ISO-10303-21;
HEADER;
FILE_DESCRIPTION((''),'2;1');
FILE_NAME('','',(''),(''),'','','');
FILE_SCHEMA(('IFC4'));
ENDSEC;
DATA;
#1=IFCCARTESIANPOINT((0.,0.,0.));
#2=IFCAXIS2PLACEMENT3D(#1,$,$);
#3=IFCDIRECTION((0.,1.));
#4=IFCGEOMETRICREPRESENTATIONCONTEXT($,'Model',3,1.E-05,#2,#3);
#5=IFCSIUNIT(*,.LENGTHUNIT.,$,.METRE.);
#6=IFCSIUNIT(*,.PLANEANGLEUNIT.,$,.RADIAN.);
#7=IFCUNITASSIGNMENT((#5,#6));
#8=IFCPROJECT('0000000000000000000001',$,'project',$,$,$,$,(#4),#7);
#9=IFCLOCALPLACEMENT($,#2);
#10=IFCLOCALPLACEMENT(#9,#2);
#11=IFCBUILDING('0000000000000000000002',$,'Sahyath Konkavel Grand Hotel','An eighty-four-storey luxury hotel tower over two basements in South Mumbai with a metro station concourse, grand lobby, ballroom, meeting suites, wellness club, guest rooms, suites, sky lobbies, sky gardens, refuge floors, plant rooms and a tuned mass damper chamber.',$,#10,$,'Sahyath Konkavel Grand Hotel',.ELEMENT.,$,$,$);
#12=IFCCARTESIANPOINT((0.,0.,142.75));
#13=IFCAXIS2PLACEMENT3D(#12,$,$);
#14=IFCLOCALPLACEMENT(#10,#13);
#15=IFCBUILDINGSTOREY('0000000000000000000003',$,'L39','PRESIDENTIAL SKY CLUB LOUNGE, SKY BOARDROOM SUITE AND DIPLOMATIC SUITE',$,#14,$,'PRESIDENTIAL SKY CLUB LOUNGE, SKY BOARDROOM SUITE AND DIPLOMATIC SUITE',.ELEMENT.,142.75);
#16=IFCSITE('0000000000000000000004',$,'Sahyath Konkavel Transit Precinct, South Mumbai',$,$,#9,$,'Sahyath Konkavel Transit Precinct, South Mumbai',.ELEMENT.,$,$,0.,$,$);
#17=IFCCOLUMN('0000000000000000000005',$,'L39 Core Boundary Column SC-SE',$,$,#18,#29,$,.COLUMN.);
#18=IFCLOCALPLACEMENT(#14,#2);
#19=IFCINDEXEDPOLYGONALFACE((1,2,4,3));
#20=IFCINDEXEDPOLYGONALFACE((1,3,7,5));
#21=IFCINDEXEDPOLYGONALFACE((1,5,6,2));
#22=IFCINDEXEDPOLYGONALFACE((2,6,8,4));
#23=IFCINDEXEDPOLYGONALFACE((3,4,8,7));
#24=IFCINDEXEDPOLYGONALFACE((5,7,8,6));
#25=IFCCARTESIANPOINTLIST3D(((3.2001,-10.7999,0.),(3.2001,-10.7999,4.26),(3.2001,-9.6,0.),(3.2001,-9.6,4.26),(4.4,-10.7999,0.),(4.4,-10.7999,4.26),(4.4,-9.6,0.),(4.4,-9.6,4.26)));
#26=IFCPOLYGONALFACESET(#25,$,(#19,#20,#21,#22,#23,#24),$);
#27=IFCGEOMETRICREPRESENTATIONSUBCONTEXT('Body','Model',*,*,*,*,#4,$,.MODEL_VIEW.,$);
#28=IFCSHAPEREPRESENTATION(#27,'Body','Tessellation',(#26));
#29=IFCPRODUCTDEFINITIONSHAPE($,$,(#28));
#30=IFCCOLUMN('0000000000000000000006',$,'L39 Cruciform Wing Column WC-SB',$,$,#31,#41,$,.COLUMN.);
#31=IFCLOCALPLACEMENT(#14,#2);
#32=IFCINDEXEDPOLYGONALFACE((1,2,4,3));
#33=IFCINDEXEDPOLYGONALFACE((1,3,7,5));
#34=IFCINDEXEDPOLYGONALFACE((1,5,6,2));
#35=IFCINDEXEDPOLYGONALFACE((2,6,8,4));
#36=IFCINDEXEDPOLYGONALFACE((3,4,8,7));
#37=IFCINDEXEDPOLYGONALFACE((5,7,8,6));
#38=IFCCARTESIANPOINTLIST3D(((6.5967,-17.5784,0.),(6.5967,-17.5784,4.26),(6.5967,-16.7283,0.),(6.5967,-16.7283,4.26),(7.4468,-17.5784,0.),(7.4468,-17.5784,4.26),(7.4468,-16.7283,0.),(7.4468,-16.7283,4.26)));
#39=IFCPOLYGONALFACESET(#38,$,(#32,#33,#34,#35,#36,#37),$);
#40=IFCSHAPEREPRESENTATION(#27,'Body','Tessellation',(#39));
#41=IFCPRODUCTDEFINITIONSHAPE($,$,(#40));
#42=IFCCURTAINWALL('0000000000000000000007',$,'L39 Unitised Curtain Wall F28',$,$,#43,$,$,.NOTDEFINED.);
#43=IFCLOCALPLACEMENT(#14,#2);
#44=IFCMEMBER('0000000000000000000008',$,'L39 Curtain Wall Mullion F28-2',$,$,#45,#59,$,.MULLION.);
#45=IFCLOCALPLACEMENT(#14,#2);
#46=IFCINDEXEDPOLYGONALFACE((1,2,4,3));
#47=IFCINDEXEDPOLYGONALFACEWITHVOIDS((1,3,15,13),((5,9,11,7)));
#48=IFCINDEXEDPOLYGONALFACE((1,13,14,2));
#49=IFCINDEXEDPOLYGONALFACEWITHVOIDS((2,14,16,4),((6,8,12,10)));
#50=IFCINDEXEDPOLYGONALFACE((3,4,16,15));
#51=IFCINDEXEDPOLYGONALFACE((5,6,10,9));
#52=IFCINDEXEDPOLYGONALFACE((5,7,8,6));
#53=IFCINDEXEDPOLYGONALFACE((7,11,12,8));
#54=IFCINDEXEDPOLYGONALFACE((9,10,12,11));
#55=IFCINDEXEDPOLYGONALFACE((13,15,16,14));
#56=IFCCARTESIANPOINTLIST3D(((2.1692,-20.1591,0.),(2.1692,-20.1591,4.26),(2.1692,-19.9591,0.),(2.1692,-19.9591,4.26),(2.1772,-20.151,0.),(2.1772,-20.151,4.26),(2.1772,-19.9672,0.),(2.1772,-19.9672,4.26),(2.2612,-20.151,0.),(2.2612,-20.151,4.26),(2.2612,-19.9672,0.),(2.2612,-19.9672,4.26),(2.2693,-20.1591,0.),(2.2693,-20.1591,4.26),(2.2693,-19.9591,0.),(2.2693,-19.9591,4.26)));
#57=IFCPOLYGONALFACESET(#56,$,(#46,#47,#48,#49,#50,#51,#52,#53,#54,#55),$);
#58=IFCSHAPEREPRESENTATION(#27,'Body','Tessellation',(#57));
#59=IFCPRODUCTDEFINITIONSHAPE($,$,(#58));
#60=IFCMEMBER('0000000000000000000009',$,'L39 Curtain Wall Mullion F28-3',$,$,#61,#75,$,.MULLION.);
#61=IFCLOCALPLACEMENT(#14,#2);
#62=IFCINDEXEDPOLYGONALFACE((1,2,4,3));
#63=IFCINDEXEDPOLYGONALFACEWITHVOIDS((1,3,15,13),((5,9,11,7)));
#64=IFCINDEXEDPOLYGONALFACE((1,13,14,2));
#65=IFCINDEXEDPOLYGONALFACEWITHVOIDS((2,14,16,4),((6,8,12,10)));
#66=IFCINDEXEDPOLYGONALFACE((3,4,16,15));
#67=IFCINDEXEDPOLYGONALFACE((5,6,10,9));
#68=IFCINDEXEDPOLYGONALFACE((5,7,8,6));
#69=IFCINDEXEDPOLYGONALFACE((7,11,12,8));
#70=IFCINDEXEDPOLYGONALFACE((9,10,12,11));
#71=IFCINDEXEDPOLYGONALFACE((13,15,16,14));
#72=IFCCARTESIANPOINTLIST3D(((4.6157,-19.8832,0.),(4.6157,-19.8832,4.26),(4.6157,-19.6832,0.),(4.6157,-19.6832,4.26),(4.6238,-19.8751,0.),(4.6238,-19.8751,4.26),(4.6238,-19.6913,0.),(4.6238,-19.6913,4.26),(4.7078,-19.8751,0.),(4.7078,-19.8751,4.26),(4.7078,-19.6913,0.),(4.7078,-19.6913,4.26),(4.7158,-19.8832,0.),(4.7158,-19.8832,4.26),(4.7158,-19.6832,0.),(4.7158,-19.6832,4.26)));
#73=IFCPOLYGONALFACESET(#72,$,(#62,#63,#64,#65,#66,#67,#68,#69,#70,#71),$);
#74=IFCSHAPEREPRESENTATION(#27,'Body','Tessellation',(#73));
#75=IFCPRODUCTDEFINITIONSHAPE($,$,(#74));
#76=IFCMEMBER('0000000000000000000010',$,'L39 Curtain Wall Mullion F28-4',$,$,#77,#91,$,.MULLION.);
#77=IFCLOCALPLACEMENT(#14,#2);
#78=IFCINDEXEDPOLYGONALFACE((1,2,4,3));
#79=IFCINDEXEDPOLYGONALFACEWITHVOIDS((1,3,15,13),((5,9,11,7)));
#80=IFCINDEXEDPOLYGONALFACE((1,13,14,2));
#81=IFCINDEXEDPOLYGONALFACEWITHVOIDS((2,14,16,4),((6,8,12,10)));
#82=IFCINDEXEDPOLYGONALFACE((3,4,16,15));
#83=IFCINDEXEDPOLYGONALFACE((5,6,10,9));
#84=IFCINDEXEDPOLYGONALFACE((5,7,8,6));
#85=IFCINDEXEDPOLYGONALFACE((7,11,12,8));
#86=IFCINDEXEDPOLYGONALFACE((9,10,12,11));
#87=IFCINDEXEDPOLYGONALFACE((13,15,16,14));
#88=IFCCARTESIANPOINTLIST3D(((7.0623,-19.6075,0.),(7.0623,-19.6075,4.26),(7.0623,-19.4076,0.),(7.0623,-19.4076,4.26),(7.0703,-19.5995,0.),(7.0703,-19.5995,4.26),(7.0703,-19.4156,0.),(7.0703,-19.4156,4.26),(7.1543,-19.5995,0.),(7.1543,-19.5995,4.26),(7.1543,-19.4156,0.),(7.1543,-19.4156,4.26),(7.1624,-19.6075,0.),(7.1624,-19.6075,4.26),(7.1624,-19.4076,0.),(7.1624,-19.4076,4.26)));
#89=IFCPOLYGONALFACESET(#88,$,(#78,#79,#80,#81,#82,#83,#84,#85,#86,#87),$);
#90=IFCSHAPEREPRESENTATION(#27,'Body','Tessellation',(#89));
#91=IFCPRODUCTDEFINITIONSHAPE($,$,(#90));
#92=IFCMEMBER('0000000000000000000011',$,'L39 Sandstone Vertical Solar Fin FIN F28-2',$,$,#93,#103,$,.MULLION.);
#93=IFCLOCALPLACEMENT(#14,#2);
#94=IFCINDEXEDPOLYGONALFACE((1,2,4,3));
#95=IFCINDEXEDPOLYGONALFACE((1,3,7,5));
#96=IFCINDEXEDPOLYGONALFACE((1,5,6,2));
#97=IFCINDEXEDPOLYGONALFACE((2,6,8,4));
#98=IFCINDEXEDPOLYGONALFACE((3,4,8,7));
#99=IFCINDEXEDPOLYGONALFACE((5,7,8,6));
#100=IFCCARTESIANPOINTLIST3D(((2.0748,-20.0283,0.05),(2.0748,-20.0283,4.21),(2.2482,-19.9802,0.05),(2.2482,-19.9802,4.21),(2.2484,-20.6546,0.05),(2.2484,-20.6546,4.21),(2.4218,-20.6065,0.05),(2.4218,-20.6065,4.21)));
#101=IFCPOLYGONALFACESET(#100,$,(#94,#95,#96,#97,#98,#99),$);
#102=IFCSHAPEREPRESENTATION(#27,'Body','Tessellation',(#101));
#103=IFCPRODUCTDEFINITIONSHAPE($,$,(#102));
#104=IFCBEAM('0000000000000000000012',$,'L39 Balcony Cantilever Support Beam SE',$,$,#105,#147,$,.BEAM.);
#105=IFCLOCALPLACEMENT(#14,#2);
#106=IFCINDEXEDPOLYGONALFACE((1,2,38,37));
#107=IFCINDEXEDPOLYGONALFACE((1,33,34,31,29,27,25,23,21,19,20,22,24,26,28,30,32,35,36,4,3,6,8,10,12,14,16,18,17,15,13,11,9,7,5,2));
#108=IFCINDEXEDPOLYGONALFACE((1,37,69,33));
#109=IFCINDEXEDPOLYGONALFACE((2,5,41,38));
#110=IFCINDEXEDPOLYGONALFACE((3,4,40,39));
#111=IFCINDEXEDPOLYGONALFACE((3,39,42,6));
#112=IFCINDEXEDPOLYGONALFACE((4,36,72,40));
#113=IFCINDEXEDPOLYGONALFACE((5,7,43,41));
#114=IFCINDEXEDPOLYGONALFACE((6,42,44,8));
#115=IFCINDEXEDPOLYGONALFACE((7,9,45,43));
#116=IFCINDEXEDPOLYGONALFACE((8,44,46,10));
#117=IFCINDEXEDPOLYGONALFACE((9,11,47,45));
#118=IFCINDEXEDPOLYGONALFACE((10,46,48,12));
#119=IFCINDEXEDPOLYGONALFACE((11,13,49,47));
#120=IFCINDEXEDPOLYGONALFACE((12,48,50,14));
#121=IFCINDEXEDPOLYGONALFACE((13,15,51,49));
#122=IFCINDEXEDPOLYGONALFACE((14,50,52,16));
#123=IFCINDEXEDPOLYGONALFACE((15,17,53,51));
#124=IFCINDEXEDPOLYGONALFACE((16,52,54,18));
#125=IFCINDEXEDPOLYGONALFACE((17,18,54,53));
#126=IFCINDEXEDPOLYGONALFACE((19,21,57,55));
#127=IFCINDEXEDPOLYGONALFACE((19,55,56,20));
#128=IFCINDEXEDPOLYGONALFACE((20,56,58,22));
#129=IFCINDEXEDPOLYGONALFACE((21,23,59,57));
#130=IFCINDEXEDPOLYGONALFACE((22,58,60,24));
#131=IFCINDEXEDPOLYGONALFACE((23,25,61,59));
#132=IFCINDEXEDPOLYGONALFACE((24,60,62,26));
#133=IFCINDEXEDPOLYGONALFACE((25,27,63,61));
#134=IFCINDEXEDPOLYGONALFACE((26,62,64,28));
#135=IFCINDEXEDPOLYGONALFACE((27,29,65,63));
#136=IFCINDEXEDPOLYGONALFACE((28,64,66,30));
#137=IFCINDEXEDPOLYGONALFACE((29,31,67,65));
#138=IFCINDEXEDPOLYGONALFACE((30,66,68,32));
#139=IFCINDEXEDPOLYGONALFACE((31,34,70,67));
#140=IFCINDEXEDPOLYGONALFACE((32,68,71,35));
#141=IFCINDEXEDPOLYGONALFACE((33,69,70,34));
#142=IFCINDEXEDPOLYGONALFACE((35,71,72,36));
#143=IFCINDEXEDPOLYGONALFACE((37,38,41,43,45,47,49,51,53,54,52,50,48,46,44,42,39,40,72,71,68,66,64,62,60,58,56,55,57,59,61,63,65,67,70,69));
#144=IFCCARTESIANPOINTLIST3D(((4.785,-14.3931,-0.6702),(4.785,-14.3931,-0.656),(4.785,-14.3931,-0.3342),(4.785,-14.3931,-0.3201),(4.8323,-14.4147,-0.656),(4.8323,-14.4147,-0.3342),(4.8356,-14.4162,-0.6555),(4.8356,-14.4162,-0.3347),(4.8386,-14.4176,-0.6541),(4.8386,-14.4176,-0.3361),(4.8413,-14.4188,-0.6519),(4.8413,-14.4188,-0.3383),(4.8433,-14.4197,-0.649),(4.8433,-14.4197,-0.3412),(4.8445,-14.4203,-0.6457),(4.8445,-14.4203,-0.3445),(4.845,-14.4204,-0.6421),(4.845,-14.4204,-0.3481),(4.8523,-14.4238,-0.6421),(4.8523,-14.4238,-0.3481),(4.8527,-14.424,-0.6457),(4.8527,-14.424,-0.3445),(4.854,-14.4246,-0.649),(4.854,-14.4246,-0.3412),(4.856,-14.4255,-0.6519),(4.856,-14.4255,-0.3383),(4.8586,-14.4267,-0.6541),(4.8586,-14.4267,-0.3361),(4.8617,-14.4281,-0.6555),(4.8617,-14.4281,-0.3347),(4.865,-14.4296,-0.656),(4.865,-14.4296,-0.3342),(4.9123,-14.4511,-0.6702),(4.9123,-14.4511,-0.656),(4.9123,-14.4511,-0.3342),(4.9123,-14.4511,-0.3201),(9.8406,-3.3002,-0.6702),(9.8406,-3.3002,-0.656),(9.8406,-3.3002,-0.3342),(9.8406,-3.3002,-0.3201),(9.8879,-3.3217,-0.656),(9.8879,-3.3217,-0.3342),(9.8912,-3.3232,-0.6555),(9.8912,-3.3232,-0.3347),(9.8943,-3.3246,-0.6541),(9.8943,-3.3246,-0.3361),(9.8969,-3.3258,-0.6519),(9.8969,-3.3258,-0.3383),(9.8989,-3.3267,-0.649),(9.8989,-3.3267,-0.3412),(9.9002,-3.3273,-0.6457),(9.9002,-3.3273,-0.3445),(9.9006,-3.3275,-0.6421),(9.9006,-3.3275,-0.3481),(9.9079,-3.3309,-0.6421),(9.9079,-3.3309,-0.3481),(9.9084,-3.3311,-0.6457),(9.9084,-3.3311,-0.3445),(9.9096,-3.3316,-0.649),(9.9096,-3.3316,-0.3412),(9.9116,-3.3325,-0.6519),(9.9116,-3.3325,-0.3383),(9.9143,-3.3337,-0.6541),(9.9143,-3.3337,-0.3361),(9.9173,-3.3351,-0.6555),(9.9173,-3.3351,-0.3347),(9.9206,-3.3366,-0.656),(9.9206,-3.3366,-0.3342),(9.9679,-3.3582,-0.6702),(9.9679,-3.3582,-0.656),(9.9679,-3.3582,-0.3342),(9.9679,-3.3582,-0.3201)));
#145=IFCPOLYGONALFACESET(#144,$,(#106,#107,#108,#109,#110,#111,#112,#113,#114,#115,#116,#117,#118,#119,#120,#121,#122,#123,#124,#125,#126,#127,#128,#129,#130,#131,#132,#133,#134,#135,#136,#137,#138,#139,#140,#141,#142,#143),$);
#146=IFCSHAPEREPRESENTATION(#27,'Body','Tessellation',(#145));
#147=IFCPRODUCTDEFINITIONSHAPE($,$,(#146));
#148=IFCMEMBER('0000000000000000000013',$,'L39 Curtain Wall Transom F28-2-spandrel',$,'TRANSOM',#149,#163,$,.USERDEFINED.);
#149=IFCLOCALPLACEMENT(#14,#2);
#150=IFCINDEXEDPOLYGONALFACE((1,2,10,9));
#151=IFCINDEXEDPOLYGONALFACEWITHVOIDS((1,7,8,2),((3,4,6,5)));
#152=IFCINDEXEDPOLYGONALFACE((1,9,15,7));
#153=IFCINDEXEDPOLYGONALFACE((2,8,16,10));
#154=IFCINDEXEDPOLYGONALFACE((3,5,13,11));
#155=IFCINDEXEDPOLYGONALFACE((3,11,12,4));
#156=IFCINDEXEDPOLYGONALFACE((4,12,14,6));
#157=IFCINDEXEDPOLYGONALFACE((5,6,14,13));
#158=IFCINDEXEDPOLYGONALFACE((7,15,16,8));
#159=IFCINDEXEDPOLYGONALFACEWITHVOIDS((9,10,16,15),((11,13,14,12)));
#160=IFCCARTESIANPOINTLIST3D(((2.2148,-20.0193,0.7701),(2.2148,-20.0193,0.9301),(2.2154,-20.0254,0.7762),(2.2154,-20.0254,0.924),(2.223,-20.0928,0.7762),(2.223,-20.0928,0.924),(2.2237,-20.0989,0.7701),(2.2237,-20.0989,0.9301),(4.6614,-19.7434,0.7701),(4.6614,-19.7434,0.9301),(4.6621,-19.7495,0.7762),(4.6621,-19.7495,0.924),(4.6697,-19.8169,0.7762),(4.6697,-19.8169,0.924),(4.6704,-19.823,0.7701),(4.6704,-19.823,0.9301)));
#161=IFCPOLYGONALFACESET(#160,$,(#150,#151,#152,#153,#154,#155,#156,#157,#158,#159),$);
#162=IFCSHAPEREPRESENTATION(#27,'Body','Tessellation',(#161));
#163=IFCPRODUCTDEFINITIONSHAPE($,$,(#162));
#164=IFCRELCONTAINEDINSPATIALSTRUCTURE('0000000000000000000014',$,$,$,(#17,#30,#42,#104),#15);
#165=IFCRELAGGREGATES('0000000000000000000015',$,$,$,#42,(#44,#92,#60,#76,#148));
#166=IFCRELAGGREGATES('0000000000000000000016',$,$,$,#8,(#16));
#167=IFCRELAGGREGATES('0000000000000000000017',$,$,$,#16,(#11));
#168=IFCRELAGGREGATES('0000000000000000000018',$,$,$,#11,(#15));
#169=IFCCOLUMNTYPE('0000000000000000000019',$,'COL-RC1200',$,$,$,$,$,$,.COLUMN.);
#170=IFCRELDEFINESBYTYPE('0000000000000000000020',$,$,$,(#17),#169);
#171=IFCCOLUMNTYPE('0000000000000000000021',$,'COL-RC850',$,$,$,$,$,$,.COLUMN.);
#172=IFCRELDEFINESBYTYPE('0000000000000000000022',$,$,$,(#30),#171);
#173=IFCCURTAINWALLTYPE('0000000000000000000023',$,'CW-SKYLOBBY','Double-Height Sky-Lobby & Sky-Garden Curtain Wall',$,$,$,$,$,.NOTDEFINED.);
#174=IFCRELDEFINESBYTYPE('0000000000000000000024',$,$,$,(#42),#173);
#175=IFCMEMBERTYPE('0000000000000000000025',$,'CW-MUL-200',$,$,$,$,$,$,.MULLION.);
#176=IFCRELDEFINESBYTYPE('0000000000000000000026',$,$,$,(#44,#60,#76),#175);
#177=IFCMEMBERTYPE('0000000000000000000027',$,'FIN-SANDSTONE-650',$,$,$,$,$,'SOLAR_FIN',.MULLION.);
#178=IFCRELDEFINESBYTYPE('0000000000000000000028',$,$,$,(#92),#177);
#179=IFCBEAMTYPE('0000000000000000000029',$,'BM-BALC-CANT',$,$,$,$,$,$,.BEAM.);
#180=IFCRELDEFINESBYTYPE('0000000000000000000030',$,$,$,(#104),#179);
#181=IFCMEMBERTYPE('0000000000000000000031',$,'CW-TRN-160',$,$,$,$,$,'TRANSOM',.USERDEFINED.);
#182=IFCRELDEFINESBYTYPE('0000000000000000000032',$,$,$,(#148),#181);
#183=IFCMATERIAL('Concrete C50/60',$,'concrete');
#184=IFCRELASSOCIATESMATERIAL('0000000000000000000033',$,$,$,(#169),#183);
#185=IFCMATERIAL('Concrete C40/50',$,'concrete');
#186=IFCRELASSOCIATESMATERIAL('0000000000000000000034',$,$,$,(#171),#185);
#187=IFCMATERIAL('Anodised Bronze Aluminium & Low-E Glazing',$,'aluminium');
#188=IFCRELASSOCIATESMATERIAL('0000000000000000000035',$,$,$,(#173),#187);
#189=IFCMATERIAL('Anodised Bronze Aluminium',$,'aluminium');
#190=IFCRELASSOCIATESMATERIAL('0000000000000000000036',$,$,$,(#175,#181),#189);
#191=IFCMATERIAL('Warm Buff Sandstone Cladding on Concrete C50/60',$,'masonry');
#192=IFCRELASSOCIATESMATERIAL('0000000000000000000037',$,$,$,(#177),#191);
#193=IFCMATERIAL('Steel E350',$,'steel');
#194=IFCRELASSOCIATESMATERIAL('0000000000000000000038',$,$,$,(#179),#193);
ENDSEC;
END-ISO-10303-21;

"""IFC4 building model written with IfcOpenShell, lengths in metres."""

from ifc_helpers import new_model, si_unit, direction, frame, origin, origin_2d, place, context, subcontext, project, spatial, rectangle, hollow_rectangle, i_section, extrude, source, transform, mapped, material, material_profile, profile_set, type_object, element, aggregate, save


model = new_model("IFC4")

# Units and contexts
model_context = context("Model", 3, precision=1e-05, world=origin(), true_north=direction((0.0, 1.0)))
body_context = subcontext(model_context, "Body", "Model", "MODEL_VIEW")
ifc_project = project(units=[si_unit("LENGTHUNIT", "METRE"), si_unit("PLANEANGLEUNIT", "RADIAN")], contexts=[model_context])

# Site, building, storey
site_placement = place(None, origin())
site = spatial("IfcSite", under=ifc_project, at=site_placement, Name="Sahyath Konkavel Transit Precinct, South Mumbai", LongName="Sahyath Konkavel Transit Precinct, South Mumbai", CompositionType="ELEMENT", RefElevation=0.0)
building_placement = place(site_placement, origin())
building = spatial("IfcBuilding", under=site, at=building_placement, Name="Sahyath Konkavel Grand Hotel", Description="An eighty-four-storey luxury hotel tower over two basements in South Mumbai with a metro station concourse, grand lobby, ballroom, meeting suites, wellness club, guest rooms, suites, sky lobbies, sky gardens, refuge floors, plant rooms and a tuned mass damper chamber.", LongName="Sahyath Konkavel Grand Hotel", CompositionType="ELEMENT")
storey_placement = place(building_placement, frame((0.0, 0.0, 142.75)))
storey = spatial("IfcBuildingStorey", under=building, at=storey_placement, Name="L39", Description="PRESIDENTIAL SKY CLUB LOUNGE, SKY BOARDROOM SUITE AND DIPLOMATIC SUITE", LongName="PRESIDENTIAL SKY CLUB LOUNGE, SKY BOARDROOM SUITE AND DIPLOMATIC SUITE", CompositionType="ELEMENT", Elevation=142.75)

# Columns
ifc_material_1 = material(Name="Concrete C50/60", Category="concrete")
ifc_material_profile_1 = material_profile(ifc_material_1, rectangle(XDim=1.2, YDim=1.2, at=origin_2d()), Name="RC 1200x1200")
ifc_profile_set_1 = profile_set([ifc_material_profile_1], Name="Concrete C50/60")
column_type_1 = type_object("IfcColumnType", Name="COL-RC1200", PredefinedType="COLUMN", material=ifc_profile_set_1)
shared_shape_1 = source(origin(), body_context, "Body", "SweptSolid", [
    extrude(rectangle(XDim=1.2, YDim=1.2, at=origin_2d()), origin(), (0.0, 0.0, 1.0), 4.26),
])
column_1_placement = place(storey_placement, frame((3.8, -10.2, 0.0), z_axis=(0.0, 0.0, 1.0), x_axis=(1.0, 0.0, 0.0)))
element("IfcColumn", 1, at=column_1_placement, inside=storey, type_object=column_type_1, Name="L39 Core Boundary Column SC-SE", PredefinedType="COLUMN", context=body_context, shape_type="MappedRepresentation", body=[
    mapped(shared_shape_1, transform((0.0, 0.0, 0.0), scale=1.0)),
])
ifc_material_2 = material(Name="Concrete C40/50", Category="concrete")
ifc_material_profile_2 = material_profile(ifc_material_2, rectangle(XDim=0.8501, YDim=0.8501, at=origin_2d()), Name="RC 850x850")
ifc_profile_set_2 = profile_set([ifc_material_profile_2], Name="Concrete C40/50")
column_type_2 = type_object("IfcColumnType", Name="COL-RC850", PredefinedType="COLUMN", material=ifc_profile_set_2)
shared_shape_2 = source(origin(), body_context, "Body", "SweptSolid", [
    extrude(rectangle(XDim=0.8501, YDim=0.8501, at=origin_2d()), origin(), (0.0, 0.0, 1.0), 4.26),
])
column_2_placement = place(storey_placement, frame((7.0217, -17.1533, 0.0), z_axis=(0.0, 0.0, 1.0), x_axis=(1.0, 0.0, 0.0)))
element("IfcColumn", 2, at=column_2_placement, inside=storey, type_object=column_type_2, Name="L39 Cruciform Wing Column WC-SB", PredefinedType="COLUMN", context=body_context, shape_type="MappedRepresentation", body=[
    mapped(shared_shape_2, transform((0.0, 0.0, 0.0), scale=1.0)),
])

# Curtain wall, members
ifc_material_3 = material(Name="Anodised Bronze Aluminium & Low-E Glazing", Category="aluminium")
curtain_wall_type = type_object("IfcCurtainWallType", Name="CW-SKYLOBBY", Description="Double-Height Sky-Lobby & Sky-Garden Curtain Wall", PredefinedType="NOTDEFINED", material=ifc_material_3)
curtain_wall_placement = place(storey_placement, origin())
curtain_wall = element("IfcCurtainWall", 3, at=curtain_wall_placement, inside=storey, type_object=curtain_wall_type, Name="L39 Unitised Curtain Wall F28", PredefinedType="NOTDEFINED")
ifc_material_4 = material(Name="Anodised Bronze Aluminium", Category="aluminium")
ifc_material_profile_3 = material_profile(ifc_material_4, hollow_rectangle(XDim=0.1001, YDim=0.2, WallThickness=0.0081, at=origin_2d()), Name="RHS 200x100x8")
ifc_profile_set_3 = profile_set([ifc_material_profile_3], Name="Anodised Bronze Aluminium")
member_type_1 = type_object("IfcMemberType", Name="CW-MUL-200", PredefinedType="MULLION", material=ifc_profile_set_3)
shared_shape_3 = source(origin(), body_context, "Body", "SweptSolid", [
    extrude(hollow_rectangle(XDim=0.1001, YDim=0.2, WallThickness=0.0081, at=origin_2d()), origin(), (0.0, 0.0, 1.0), 4.26),
])
member_1_placement = place(storey_placement, frame((2.2192, -20.0591, 0.0), z_axis=(0.0, 0.0, 1.0), x_axis=(1.0, 0.0, 0.0)))
member_1 = element("IfcMember", 4, at=member_1_placement, type_object=member_type_1, Name="L39 Curtain Wall Mullion F28-2", PredefinedType="MULLION", context=body_context, shape_type="MappedRepresentation", body=[
    mapped(shared_shape_3, transform((0.0, 0.0, 0.0), scale=1.0)),
])
member_2_placement = place(storey_placement, frame((4.6658, -19.7832, 0.0), z_axis=(0.0, 0.0, 1.0), x_axis=(1.0, 0.0, 0.0)))
member_2 = element("IfcMember", 5, at=member_2_placement, type_object=member_type_1, Name="L39 Curtain Wall Mullion F28-3", PredefinedType="MULLION", context=body_context, shape_type="MappedRepresentation", body=[
    mapped(shared_shape_3, transform((0.0, 0.0, 0.0), scale=1.0)),
])
member_3_placement = place(storey_placement, frame((7.1123, -19.5076, 0.0), z_axis=(0.0, 0.0, 1.0), x_axis=(1.0, 0.0, 0.0)))
member_3 = element("IfcMember", 6, at=member_3_placement, type_object=member_type_1, Name="L39 Curtain Wall Mullion F28-4", PredefinedType="MULLION", context=body_context, shape_type="MappedRepresentation", body=[
    mapped(shared_shape_3, transform((0.0, 0.0, 0.0), scale=1.0)),
])
ifc_material_5 = material(Name="Warm Buff Sandstone Cladding on Concrete C50/60", Category="masonry")
ifc_material_profile_4 = material_profile(ifc_material_5, rectangle(XDim=0.1799, YDim=0.6499, at=origin_2d()), Name="FIN 180x650")
ifc_profile_set_4 = profile_set([ifc_material_profile_4], Name="Warm Buff Sandstone Cladding on Concrete C50/60")
member_type_2 = type_object("IfcMemberType", Name="FIN-SANDSTONE-650", ElementType="SOLAR_FIN", PredefinedType="MULLION", material=ifc_profile_set_4)
shared_shape_4 = source(origin(), body_context, "Body", "SweptSolid", [
    extrude(rectangle(XDim=0.1799, YDim=0.6499, at=origin_2d()), origin(), (0.0, 0.0, 1.0), 4.1599),
])
member_4_placement = place(storey_placement, frame((2.2483, -20.3174, 0.05), z_axis=(0.0, 0.0, 1.0), x_axis=(0.963677, 0.26707, 0.0)))
member_4 = element("IfcMember", 7, at=member_4_placement, type_object=member_type_2, Name="L39 Sandstone Vertical Solar Fin FIN F28-2", PredefinedType="MULLION", context=body_context, shape_type="MappedRepresentation", body=[
    mapped(shared_shape_4, transform((0.0, 0.0, 0.0), scale=1.0)),
])

# Beam
ifc_material_6 = material(Name="Steel E350", Category="steel")
ifc_material_profile_5 = material_profile(ifc_material_6, i_section(OverallWidth=0.1399, OverallDepth=0.3501, WebThickness=0.0081, FlangeThickness=0.0142, FilletRadius=0.0139, at=origin_2d()), Name="ISMB 350")
ifc_profile_set_5 = profile_set([ifc_material_profile_5], Name="Steel E350")
beam_type = type_object("IfcBeamType", Name="BM-BALC-CANT", PredefinedType="BEAM", material=ifc_profile_set_5)
shared_shape_5 = source(origin(), body_context, "Body", "SweptSolid", [
    extrude(i_section(OverallWidth=0.1399, OverallDepth=0.3501, WebThickness=0.0081, FlangeThickness=0.0142, FilletRadius=0.0139, at=origin_2d()), origin(), (0.0, 0.0, 1.0), 12.1907),
])
beam_placement = place(storey_placement, frame((4.8486, -14.4221, -0.4951), z_axis=(0.414713, 0.909952, 0.0), x_axis=(-0.909952, 0.414713, 0.0)))
element("IfcBeam", 8, at=beam_placement, inside=storey, type_object=beam_type, Name="L39 Balcony Cantilever Support Beam SE", PredefinedType="BEAM", context=body_context, shape_type="MappedRepresentation", body=[
    mapped(shared_shape_5, transform((0.0, 0.0, 0.0), scale=1.0)),
])

# Member
ifc_material_profile_6 = material_profile(ifc_material_4, hollow_rectangle(XDim=0.0801, YDim=0.1599, WallThickness=0.0061, at=origin_2d()), Name="RHS 160x80x6")
ifc_profile_set_6 = profile_set([ifc_material_profile_6], Name="Anodised Bronze Aluminium")
member_type_3 = type_object("IfcMemberType", Name="CW-TRN-160", ElementType="TRANSOM", PredefinedType="USERDEFINED", material=ifc_profile_set_6)
shared_shape_6 = source(origin(), body_context, "Body", "SweptSolid", [
    extrude(hollow_rectangle(XDim=0.0801, YDim=0.1599, WallThickness=0.0061, at=origin_2d()), origin(), (0.0, 0.0, 1.0), 2.4622),
])
member_5_placement = place(storey_placement, frame((2.2192, -20.0591, 0.8501), z_axis=(0.993702, 0.112053, 0.0), x_axis=(-0.112053, 0.993702, 0.0)))
member_5 = element("IfcMember", 9, at=member_5_placement, type_object=member_type_3, Name="L39 Curtain Wall Transom F28-2-spandrel", ObjectType="TRANSOM", PredefinedType="USERDEFINED", context=body_context, shape_type="MappedRepresentation", body=[
    mapped(shared_shape_6, transform((0.0, 0.0, 0.0), scale=1.0)),
])

aggregate(curtain_wall, [member_1, member_4, member_2, member_3, member_5])

save(model, "model.ifc")
